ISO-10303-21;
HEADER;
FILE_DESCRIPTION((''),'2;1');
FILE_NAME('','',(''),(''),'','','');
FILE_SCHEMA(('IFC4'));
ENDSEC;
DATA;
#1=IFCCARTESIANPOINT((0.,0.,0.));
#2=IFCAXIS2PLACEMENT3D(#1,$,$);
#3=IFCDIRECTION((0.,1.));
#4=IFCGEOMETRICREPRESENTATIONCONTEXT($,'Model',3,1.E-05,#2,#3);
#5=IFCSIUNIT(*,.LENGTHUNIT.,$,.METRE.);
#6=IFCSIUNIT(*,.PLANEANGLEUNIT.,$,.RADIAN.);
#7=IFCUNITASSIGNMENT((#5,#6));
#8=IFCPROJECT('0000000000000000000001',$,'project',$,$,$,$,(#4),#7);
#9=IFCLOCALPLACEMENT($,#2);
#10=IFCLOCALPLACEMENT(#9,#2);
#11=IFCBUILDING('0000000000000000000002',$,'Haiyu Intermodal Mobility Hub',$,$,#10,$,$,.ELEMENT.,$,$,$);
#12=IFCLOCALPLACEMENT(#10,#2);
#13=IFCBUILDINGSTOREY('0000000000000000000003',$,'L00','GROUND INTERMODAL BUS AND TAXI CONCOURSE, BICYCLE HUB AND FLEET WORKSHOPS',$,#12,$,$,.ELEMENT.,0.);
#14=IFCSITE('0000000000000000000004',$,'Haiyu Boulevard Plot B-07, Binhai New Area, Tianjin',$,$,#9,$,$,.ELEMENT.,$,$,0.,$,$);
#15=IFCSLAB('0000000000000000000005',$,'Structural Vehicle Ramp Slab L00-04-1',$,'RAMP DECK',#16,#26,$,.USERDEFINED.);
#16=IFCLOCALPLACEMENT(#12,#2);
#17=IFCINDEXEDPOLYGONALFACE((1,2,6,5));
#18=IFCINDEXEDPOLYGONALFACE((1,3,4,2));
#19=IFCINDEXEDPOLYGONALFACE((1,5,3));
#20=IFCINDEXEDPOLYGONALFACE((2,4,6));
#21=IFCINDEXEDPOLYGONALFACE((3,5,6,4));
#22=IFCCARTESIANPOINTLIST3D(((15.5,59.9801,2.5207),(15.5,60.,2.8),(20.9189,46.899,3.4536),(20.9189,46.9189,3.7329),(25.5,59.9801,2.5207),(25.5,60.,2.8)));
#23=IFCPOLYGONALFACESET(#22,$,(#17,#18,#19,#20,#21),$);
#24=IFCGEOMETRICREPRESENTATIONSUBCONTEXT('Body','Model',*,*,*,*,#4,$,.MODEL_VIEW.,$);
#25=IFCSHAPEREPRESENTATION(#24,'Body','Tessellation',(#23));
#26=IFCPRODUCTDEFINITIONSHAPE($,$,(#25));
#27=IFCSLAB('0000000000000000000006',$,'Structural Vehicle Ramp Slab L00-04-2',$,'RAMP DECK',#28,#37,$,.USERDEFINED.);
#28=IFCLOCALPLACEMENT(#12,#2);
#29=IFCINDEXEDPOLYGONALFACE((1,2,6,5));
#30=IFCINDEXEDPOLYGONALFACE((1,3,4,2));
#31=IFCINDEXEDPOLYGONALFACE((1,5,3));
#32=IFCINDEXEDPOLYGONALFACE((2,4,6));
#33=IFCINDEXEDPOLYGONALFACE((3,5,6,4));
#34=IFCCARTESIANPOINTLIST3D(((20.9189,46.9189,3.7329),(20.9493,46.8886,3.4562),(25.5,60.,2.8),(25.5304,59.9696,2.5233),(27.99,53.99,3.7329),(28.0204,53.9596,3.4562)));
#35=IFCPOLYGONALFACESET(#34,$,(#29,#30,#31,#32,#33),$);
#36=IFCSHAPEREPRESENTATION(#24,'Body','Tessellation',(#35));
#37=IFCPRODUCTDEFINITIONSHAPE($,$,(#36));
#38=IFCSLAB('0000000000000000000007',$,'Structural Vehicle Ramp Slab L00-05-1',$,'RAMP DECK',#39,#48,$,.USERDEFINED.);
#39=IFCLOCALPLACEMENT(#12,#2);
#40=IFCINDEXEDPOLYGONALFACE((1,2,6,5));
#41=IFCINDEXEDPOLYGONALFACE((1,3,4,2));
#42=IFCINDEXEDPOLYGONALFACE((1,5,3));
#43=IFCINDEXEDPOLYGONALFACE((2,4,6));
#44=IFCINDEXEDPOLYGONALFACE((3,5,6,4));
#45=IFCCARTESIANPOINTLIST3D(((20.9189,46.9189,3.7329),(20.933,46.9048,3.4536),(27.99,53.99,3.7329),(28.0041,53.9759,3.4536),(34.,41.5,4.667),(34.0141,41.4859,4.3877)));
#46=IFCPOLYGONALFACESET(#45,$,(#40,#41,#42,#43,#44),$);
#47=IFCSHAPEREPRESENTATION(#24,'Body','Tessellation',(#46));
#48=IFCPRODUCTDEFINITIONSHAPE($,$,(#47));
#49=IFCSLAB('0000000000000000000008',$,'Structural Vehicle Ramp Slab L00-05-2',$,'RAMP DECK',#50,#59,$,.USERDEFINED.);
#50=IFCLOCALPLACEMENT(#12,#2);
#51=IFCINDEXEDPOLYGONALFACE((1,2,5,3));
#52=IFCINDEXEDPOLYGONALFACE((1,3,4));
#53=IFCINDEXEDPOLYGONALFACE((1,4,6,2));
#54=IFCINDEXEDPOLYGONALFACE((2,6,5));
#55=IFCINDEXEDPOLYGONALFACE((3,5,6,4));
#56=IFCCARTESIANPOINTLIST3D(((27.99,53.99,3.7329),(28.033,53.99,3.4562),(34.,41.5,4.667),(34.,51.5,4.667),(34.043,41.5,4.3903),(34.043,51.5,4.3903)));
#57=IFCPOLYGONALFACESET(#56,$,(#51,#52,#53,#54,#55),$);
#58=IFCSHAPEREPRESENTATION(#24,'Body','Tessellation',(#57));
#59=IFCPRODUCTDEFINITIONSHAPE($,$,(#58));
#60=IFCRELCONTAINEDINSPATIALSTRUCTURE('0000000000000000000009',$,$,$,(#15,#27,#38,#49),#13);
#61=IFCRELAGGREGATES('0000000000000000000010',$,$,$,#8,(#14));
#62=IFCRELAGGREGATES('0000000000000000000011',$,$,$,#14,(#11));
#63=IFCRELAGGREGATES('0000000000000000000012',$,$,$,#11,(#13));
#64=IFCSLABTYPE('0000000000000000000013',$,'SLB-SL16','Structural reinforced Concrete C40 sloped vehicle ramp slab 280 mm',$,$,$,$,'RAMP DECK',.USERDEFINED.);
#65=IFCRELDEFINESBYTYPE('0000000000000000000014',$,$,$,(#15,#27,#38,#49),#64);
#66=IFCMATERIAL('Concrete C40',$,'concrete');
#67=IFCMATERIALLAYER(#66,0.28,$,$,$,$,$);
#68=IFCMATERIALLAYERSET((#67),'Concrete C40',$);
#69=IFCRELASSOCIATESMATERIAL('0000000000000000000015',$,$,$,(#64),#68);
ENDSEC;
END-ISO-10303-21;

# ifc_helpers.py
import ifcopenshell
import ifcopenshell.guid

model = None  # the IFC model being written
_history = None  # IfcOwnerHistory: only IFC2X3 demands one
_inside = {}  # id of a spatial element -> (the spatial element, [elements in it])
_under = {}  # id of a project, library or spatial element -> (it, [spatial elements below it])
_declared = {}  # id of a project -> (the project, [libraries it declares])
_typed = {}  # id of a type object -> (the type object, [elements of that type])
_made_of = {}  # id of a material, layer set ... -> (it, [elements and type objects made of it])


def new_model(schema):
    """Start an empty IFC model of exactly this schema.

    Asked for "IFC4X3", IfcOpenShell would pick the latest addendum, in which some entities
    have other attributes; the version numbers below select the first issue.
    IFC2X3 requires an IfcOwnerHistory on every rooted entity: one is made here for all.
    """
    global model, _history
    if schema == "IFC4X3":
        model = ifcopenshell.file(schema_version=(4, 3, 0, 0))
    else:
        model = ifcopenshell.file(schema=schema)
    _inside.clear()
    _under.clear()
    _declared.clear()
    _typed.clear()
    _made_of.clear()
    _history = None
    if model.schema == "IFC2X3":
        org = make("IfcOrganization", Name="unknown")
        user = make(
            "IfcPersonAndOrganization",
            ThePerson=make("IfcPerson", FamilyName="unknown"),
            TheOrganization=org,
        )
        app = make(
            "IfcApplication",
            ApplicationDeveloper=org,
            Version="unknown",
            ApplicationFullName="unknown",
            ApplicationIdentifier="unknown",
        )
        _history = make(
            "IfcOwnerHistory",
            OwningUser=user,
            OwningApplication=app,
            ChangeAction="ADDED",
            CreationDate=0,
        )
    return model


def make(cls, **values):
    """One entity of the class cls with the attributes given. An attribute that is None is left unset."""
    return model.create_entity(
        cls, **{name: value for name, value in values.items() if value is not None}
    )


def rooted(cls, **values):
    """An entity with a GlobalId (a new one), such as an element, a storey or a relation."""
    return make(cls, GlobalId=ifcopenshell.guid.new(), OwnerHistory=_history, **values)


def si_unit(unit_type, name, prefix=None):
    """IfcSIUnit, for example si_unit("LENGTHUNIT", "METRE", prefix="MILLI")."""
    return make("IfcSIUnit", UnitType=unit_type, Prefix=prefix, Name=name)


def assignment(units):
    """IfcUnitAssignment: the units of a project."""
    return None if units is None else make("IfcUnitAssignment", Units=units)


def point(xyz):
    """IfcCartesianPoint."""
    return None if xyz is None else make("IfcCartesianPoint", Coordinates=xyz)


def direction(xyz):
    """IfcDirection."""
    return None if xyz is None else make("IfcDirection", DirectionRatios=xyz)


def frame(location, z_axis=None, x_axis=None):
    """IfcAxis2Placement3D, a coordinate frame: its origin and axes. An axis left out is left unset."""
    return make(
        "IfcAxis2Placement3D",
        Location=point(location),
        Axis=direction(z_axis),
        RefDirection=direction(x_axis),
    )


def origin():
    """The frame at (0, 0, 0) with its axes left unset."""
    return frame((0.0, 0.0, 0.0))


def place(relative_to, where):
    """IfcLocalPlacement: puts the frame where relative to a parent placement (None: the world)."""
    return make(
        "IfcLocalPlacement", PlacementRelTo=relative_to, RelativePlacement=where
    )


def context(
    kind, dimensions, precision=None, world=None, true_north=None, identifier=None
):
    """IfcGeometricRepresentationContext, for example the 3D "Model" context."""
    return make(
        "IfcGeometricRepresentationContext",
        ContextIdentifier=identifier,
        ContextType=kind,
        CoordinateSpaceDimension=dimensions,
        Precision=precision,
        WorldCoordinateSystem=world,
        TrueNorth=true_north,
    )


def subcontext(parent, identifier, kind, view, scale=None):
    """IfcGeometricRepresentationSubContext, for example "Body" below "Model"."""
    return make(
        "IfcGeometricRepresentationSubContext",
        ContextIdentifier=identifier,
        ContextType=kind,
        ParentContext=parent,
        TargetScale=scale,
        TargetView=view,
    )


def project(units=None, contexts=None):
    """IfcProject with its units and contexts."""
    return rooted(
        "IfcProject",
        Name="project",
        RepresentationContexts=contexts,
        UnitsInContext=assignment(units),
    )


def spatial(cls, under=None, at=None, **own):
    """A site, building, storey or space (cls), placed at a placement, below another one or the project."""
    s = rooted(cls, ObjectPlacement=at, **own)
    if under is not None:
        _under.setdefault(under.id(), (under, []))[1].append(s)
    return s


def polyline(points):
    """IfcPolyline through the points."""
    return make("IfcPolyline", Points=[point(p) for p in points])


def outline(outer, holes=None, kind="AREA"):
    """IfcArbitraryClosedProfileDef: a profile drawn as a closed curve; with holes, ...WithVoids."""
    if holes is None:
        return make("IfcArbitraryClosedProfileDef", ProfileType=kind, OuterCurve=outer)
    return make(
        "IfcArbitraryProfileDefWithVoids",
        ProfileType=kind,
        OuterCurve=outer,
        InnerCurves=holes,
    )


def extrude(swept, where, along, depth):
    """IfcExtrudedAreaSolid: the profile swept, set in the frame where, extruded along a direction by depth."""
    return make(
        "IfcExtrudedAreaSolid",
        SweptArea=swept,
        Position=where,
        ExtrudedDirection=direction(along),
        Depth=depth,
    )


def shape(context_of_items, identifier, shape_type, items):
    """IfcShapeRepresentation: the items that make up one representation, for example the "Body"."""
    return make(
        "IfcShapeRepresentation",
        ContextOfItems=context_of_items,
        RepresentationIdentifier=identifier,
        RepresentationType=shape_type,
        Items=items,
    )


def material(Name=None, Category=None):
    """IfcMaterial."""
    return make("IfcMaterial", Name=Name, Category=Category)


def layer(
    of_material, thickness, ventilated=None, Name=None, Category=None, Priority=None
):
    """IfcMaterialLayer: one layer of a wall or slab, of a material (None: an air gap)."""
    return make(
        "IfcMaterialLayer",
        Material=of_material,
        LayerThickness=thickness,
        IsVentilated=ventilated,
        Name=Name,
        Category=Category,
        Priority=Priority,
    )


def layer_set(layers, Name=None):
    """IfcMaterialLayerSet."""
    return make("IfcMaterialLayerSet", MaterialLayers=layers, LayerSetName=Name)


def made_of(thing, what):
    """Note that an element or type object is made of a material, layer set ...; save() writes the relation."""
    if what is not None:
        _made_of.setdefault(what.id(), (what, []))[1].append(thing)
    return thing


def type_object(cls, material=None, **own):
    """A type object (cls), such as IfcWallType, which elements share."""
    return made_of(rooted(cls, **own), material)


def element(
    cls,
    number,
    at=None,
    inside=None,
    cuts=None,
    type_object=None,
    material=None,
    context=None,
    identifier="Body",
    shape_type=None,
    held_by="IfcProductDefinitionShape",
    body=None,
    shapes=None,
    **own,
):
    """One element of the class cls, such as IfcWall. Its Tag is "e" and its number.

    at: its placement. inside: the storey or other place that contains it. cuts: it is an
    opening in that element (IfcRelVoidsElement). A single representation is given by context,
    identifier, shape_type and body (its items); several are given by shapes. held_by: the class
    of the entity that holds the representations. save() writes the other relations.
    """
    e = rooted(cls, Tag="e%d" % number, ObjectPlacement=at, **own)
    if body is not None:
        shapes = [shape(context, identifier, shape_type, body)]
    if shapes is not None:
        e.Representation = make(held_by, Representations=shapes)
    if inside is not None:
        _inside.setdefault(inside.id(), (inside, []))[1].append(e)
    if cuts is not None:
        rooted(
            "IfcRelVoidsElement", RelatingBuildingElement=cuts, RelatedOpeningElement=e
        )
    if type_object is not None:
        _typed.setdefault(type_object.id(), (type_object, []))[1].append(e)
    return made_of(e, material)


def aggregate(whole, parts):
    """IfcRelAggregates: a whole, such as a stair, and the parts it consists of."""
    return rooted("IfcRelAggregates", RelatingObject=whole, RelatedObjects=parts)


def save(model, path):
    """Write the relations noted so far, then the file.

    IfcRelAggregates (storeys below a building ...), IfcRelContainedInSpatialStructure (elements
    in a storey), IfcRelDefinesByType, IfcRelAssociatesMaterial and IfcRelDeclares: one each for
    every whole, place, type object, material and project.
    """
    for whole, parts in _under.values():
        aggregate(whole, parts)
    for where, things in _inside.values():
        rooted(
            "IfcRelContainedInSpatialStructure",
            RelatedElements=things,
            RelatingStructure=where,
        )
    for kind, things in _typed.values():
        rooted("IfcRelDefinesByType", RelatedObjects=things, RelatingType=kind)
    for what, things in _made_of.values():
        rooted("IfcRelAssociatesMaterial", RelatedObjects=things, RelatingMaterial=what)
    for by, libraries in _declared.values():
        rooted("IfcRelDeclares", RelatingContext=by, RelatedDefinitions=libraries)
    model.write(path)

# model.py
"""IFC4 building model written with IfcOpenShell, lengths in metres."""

from ifc_helpers import new_model, si_unit, direction, frame, origin, place, context, subcontext, project, spatial, polyline, outline, extrude, material, layer, layer_set, type_object, element, save


model = new_model("IFC4")

# Units and contexts
model_context = context("Model", 3, precision=1e-05, world=origin(), true_north=direction((0.0, 1.0)))
body_context = subcontext(model_context, "Body", "Model", "MODEL_VIEW")
ifc_project = project(units=[si_unit("LENGTHUNIT", "METRE"), si_unit("PLANEANGLEUNIT", "RADIAN")], contexts=[model_context])

# Site, building, storey
site_placement = place(None, origin())
site = spatial("IfcSite", under=ifc_project, at=site_placement, Name="Haiyu Boulevard Plot B-07, Binhai New Area, Tianjin", CompositionType="ELEMENT", RefElevation=0.0)
building_placement = place(site_placement, origin())
building = spatial("IfcBuilding", under=site, at=building_placement, Name="Haiyu Intermodal Mobility Hub", CompositionType="ELEMENT")
storey_placement = place(building_placement, origin())
storey = spatial("IfcBuildingStorey", under=building, at=storey_placement, Name="L00", Description="GROUND INTERMODAL BUS AND TAXI CONCOURSE, BICYCLE HUB AND FLEET WORKSHOPS", CompositionType="ELEMENT", Elevation=0.0)

# Shared definitions
ifc_material_1 = material(Name="Concrete C40", Category="concrete")

# Slabs
ifc_layer_1 = layer(ifc_material_1, 0.28)
ifc_layer_set_1 = layer_set([ifc_layer_1], Name="Concrete C40")
slab_type = type_object("IfcSlabType", Name="SLB-SL16", Description="Structural reinforced Concrete C40 sloped vehicle ramp slab 280 mm", ElementType="RAMP DECK", PredefinedType="USERDEFINED", material=ifc_layer_set_1)
slab_1_placement = place(storey_placement, frame((25.5, 60.0, 2.8), z_axis=(0.0, 0.071133, 0.997467), x_axis=(-1.0, 0.0, 0.0)))
element("IfcSlab", 1, at=slab_1_placement, inside=storey, type_object=slab_type, Name="Structural Vehicle Ramp Slab L00-04-1", ObjectType="RAMP DECK", PredefinedType="USERDEFINED", context=body_context, shape_type="SweptSolid", body=[
    extrude(outline(polyline([(0.0, 0.0), (10.0, 0.0), (4.5811, 13.1143), (0.0, 0.0)])), origin(), (0.0, 0.0, -1.0), 0.28),
])
slab_2_placement = place(storey_placement, frame((25.5, 60.0, 2.8), z_axis=(-0.10845, 0.10845, 0.988169), x_axis=(-0.329777, -0.941667, 0.067154)))
element("IfcSlab", 2, at=slab_2_placement, inside=storey, type_object=slab_type, Name="Structural Vehicle Ramp Slab L00-04-2", ObjectType="RAMP DECK", PredefinedType="USERDEFINED", context=body_context, shape_type="SweptSolid", body=[
    extrude(outline(polyline([(0.0, 0.0), (13.8914, 0.0), (4.9009, 4.3785), (0.0, 0.0)])), origin(), (0.0, 0.0, -1.0), 0.28),
])
slab_3_placement = place(storey_placement, frame((27.99, 53.99, 3.7329), z_axis=(-0.050363, 0.050363, 0.99746), x_axis=(-0.707107, -0.707107, 0.0)))
element("IfcSlab", 3, at=slab_3_placement, inside=storey, type_object=slab_type, Name="Structural Vehicle Ramp Slab L00-05-1", ObjectType="RAMP DECK", PredefinedType="USERDEFINED", context=body_context, shape_type="SweptSolid", body=[
    extrude(outline(polyline([(0.0, 0.0), (10.0, 0.0), (4.582, 13.1148), (0.0, 0.0)])), origin(), (0.0, 0.0, -1.0), 0.28),
])
slab_4_placement = place(storey_placement, frame((27.99, 53.99, 3.7329), z_axis=(-0.153577, 0.0, 0.988137), x_axis=(0.432618, -0.899066, 0.067238)))
element("IfcSlab", 4, at=slab_4_placement, inside=storey, type_object=slab_type, Name="Structural Vehicle Ramp Slab L00-05-2", ObjectType="RAMP DECK", PredefinedType="USERDEFINED", context=body_context, shape_type="SweptSolid", body=[
    extrude(outline(polyline([(0.0, 0.0), (13.8922, 0.0), (4.9015, 4.3781), (0.0, 0.0)])), origin(), (0.0, 0.0, -1.0), 0.28),
])

save(model, "model.ifc")
